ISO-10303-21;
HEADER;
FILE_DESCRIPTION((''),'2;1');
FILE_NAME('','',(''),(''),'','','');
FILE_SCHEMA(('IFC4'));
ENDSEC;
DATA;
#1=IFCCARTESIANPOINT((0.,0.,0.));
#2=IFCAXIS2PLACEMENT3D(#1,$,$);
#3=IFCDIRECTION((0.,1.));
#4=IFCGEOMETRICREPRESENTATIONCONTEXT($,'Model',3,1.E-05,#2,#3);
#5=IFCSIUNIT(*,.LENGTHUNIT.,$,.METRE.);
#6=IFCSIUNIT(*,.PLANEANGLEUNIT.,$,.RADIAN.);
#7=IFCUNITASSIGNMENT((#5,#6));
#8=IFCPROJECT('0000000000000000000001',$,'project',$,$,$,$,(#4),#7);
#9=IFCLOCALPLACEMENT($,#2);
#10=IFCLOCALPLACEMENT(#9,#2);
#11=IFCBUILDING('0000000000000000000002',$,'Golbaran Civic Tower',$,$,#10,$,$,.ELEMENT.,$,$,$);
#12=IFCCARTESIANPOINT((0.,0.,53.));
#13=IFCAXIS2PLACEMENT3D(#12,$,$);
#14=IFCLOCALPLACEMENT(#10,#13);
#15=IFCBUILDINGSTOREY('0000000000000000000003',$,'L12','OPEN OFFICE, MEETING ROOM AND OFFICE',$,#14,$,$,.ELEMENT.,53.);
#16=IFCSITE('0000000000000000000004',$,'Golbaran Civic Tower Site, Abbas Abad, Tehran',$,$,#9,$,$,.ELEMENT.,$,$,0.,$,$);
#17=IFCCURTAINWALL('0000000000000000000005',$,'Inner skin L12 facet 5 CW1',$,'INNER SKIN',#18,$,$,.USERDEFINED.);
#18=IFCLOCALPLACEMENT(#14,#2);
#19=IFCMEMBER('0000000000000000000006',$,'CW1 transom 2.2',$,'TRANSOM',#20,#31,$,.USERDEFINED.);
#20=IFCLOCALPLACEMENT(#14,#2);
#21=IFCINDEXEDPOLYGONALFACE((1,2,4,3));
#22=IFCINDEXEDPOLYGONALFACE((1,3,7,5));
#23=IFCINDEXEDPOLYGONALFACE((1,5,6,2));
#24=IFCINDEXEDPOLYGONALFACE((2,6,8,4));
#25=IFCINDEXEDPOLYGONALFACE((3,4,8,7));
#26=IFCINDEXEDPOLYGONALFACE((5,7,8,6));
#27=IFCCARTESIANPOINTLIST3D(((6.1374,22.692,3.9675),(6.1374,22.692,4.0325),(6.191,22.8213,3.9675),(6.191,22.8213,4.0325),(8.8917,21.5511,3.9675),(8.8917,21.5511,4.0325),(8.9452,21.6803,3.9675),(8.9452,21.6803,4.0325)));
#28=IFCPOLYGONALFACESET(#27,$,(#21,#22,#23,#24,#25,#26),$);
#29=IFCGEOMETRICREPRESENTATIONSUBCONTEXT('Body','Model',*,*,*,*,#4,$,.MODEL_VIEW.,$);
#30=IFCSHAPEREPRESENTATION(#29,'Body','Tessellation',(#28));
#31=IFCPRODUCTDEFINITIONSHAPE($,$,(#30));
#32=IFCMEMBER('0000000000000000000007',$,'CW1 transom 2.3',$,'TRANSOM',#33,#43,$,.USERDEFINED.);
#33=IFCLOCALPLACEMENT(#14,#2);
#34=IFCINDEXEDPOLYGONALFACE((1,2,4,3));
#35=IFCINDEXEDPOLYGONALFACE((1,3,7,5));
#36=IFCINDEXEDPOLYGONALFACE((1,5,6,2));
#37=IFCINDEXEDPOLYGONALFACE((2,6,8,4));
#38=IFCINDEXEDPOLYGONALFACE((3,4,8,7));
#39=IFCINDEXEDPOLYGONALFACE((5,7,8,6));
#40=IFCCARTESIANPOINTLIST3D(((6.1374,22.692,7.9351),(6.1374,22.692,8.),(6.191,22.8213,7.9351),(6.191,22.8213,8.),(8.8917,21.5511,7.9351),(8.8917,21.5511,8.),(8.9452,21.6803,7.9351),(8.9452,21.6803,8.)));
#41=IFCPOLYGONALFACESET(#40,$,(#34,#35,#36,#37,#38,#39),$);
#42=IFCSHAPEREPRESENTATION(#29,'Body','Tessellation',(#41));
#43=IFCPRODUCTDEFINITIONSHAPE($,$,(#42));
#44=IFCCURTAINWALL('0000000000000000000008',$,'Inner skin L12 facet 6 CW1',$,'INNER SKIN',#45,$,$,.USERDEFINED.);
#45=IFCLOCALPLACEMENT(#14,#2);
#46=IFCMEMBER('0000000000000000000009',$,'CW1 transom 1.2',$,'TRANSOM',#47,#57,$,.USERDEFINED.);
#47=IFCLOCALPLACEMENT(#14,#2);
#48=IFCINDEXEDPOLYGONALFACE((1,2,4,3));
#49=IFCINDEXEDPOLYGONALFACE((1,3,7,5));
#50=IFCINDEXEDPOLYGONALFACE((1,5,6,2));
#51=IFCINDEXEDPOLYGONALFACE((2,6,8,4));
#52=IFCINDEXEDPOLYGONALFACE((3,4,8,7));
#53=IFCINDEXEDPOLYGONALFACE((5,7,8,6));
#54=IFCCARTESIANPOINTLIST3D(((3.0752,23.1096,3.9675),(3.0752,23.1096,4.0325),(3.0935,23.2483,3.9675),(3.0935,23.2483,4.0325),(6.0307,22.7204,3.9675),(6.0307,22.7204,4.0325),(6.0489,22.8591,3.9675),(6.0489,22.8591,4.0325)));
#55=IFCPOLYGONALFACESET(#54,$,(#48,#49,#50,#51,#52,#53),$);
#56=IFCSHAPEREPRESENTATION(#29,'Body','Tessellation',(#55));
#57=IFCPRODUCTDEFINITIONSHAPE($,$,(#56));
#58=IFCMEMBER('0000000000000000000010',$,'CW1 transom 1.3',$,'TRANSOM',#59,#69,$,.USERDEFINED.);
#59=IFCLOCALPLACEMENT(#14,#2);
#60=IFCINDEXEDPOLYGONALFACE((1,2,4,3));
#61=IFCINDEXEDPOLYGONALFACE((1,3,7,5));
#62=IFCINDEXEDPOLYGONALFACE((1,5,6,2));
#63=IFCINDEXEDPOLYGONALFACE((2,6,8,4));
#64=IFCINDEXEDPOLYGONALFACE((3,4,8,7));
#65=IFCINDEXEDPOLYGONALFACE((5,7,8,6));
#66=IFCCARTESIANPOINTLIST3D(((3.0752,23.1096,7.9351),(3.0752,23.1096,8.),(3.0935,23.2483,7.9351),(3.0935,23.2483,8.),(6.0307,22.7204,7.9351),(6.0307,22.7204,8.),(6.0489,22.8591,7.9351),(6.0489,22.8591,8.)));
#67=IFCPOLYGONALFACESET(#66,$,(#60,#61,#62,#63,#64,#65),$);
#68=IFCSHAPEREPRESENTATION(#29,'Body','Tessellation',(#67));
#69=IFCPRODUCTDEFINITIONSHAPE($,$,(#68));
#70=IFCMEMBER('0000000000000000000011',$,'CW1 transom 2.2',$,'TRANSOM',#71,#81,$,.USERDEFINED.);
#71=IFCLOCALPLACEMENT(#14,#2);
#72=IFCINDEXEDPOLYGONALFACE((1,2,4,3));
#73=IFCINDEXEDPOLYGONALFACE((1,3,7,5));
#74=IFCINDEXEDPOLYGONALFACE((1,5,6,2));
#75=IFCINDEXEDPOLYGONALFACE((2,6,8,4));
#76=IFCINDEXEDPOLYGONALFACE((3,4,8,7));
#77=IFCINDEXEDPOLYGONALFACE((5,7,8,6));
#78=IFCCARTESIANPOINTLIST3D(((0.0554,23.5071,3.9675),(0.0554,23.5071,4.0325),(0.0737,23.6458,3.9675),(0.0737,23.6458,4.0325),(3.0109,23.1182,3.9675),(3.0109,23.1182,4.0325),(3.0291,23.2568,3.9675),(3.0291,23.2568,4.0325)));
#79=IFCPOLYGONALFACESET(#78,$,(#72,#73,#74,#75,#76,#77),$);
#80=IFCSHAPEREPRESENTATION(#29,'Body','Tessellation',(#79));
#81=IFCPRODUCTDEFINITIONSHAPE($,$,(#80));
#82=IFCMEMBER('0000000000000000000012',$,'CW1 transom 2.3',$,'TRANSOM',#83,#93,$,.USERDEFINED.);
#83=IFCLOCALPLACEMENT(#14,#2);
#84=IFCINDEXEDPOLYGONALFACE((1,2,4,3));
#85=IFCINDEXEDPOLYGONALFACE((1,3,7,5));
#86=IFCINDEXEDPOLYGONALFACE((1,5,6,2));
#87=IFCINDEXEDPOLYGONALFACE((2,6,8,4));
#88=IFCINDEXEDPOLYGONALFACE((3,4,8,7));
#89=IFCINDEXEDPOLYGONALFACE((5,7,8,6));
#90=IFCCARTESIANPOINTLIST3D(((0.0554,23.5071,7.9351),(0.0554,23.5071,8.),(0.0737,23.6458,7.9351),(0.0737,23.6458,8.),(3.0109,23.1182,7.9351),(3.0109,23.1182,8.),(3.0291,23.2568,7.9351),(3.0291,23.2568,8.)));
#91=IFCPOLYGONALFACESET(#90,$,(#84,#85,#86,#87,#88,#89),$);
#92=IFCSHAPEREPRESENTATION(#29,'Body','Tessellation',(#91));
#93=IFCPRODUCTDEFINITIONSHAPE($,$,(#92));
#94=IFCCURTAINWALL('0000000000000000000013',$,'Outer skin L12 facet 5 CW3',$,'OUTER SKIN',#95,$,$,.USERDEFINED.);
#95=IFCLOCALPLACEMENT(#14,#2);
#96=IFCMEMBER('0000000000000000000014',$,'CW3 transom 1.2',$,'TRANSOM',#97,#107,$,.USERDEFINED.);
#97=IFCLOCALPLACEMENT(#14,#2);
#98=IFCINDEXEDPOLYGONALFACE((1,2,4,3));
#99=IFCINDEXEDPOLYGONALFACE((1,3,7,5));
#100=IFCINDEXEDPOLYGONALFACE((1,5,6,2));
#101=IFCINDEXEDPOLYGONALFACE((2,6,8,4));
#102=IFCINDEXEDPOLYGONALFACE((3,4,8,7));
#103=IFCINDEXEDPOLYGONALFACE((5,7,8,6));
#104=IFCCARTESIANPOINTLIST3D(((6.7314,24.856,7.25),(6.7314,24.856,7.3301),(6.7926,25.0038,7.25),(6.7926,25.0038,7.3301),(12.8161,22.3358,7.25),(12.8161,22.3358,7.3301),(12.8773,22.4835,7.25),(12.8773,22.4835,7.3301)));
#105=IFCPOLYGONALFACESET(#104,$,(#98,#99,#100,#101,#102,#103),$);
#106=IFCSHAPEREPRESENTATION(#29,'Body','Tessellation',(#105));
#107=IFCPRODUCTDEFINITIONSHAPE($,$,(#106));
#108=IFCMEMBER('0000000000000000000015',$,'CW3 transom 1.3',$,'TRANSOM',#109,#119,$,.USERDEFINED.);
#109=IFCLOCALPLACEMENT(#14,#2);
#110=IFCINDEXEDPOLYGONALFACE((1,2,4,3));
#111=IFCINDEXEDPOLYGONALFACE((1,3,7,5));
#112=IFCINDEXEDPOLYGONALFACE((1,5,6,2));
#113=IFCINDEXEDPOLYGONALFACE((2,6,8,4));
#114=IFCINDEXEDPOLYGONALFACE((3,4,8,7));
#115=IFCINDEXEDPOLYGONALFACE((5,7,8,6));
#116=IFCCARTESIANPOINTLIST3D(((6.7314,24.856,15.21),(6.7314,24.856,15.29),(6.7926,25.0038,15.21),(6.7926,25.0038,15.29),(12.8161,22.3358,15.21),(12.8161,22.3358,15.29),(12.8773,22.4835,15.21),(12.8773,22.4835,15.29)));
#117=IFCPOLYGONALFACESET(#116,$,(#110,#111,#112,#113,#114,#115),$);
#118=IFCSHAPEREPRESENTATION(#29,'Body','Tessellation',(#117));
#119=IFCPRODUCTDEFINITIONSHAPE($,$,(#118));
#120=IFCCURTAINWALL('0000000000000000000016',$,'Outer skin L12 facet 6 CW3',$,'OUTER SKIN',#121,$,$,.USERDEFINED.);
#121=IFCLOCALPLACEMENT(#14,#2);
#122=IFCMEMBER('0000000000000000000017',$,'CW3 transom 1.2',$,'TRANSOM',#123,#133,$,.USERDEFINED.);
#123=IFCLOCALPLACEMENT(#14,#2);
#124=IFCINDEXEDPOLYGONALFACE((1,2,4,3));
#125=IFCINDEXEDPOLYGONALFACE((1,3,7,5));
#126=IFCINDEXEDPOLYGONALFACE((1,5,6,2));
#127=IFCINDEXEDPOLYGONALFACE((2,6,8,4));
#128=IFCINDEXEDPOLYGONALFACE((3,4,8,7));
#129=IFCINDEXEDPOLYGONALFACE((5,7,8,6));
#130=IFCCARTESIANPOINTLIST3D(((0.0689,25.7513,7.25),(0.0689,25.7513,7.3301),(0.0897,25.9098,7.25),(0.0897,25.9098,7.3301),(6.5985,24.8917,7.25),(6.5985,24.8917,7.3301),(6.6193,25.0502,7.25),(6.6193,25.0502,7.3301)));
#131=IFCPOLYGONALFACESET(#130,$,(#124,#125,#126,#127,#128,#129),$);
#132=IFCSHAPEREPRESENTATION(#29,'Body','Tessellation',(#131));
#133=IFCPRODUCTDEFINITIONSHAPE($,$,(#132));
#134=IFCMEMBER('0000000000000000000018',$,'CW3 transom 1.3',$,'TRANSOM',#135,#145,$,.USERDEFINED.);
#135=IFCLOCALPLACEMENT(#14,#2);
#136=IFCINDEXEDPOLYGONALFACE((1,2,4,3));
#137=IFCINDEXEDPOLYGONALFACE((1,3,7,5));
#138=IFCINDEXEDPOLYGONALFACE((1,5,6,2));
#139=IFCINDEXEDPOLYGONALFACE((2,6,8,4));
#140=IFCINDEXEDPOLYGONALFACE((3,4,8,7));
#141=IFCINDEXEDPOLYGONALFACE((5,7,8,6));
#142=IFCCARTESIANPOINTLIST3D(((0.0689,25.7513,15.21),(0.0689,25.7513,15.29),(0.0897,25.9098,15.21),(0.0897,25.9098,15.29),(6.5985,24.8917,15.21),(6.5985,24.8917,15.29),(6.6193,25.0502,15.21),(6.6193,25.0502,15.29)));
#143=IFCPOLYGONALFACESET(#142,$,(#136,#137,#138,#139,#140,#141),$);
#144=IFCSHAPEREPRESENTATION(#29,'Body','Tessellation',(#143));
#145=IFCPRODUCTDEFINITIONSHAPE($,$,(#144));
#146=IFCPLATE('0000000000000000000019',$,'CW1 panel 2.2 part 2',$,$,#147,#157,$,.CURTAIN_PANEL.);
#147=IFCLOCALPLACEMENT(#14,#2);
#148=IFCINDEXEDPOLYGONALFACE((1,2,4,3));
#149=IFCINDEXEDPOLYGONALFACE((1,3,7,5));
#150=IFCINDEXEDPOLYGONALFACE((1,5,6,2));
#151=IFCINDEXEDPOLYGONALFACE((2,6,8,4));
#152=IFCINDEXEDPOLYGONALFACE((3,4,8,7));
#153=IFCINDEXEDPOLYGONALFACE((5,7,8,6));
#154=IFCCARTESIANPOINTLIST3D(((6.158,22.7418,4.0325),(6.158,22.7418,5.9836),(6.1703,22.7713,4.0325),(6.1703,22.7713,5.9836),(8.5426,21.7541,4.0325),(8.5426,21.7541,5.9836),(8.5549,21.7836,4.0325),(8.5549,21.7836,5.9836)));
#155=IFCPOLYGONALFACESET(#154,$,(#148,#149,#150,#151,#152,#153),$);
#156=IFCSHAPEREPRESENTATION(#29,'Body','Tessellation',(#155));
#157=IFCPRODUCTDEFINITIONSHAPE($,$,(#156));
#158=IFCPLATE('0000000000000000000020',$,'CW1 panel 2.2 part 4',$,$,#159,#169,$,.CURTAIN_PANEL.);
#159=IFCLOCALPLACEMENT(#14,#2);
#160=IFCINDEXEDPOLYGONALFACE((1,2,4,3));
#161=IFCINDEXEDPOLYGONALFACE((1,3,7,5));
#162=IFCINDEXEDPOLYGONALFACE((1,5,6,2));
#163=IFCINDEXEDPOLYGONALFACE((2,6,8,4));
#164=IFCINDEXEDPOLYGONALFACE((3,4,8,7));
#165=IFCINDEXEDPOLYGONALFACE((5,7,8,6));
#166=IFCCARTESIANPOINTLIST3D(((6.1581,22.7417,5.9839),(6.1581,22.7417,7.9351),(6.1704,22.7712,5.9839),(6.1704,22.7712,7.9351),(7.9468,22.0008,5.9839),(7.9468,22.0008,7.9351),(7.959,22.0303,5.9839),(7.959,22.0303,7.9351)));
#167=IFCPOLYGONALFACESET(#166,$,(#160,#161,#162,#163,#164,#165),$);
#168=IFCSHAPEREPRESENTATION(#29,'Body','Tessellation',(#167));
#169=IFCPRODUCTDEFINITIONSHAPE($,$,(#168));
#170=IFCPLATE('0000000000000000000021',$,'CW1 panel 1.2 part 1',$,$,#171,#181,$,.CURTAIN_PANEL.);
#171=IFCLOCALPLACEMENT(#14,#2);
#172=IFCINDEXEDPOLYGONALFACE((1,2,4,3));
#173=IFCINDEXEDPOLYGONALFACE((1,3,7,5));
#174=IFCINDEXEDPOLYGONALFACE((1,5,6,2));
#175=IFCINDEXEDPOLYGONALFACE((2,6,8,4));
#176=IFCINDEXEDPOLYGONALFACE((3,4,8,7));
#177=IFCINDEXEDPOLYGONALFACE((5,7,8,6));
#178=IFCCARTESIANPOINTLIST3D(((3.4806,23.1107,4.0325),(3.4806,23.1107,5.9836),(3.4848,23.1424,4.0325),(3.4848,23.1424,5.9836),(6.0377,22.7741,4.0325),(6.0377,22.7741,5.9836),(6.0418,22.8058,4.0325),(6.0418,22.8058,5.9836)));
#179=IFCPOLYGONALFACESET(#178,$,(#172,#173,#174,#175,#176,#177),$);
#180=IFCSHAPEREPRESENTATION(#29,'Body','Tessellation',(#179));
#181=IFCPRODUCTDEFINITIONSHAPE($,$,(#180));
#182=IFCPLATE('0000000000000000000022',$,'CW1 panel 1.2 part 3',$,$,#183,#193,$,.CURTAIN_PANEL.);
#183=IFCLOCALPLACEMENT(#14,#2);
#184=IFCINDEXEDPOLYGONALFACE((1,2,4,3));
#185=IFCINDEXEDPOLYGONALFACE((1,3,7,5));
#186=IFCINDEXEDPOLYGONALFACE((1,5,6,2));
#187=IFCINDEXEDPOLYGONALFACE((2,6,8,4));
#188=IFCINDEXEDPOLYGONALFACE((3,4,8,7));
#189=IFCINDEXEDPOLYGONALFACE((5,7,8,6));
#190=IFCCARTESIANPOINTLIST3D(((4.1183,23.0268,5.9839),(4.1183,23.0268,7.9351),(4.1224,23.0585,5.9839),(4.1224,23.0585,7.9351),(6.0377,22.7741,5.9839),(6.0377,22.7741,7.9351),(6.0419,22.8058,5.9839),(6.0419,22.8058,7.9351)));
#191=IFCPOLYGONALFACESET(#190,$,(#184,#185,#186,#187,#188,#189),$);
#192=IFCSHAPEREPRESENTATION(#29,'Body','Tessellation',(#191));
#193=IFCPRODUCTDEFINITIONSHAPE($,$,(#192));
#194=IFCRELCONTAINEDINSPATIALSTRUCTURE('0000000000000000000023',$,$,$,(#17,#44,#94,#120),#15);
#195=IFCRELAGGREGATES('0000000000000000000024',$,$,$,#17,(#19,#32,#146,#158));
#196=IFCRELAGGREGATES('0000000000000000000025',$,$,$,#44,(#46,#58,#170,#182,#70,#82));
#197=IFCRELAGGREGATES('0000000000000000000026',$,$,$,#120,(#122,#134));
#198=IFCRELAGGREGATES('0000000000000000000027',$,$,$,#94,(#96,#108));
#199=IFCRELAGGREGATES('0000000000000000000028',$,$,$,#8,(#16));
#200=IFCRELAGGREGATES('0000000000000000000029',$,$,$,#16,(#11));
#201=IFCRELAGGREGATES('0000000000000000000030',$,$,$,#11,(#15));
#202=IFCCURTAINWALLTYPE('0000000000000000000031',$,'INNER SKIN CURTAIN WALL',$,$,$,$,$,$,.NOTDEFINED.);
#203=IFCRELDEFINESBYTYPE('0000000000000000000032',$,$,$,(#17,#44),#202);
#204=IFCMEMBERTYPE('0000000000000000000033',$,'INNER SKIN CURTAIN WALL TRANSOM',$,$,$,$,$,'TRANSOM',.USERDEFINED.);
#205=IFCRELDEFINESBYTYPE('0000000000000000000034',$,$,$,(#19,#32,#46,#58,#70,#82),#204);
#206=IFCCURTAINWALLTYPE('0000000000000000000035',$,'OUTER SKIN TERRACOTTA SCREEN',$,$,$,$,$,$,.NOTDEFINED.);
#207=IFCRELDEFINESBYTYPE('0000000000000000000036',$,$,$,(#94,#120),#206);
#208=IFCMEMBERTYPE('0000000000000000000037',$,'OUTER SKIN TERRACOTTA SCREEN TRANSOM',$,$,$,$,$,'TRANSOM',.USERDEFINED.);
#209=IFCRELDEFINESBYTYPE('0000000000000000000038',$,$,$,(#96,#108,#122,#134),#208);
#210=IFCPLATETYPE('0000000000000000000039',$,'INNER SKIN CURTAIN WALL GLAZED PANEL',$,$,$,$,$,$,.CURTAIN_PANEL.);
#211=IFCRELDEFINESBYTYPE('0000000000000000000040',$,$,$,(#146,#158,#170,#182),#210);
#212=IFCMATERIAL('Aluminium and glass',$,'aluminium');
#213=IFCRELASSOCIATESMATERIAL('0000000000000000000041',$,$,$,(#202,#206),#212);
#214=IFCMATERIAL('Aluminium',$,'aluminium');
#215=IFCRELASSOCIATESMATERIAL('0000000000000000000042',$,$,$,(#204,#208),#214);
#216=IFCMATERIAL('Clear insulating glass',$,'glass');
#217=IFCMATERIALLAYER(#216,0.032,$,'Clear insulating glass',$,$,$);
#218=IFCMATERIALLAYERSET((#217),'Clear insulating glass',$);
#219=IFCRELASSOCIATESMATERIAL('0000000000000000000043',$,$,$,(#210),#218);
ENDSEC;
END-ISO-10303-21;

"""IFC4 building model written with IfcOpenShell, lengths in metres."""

from ifc_helpers import new_model, si_unit, direction, frame, origin, origin_2d, place, context, subcontext, project, spatial, rectangle, extrude, material, layer, layer_set, material_profile, profile_set, type_object, element, aggregate, save


model = new_model("IFC4")

# Units and contexts
model_context = context("Model", 3, precision=1e-05, world=origin(), true_north=direction((0.0, 1.0)))
body_context = subcontext(model_context, "Body", "Model", "MODEL_VIEW")
ifc_project = project(units=[si_unit("LENGTHUNIT", "METRE"), si_unit("PLANEANGLEUNIT", "RADIAN")], contexts=[model_context])

# Site, building, storey
site_placement = place(None, origin())
site = spatial("IfcSite", under=ifc_project, at=site_placement, Name="Golbaran Civic Tower Site, Abbas Abad, Tehran", CompositionType="ELEMENT", RefElevation=0.0)
building_placement = place(site_placement, origin())
building = spatial("IfcBuilding", under=site, at=building_placement, Name="Golbaran Civic Tower", CompositionType="ELEMENT")
storey_placement = place(building_placement, frame((0.0, 0.0, 53.0)))
storey = spatial("IfcBuildingStorey", under=building, at=storey_placement, Name="L12", Description="OPEN OFFICE, MEETING ROOM AND OFFICE", CompositionType="ELEMENT", Elevation=53.0)

# Curtain walls, members
ifc_material_1 = material(Name="Aluminium and glass", Category="aluminium")
curtain_wall_type_1 = type_object("IfcCurtainWallType", Name="INNER SKIN CURTAIN WALL", PredefinedType="NOTDEFINED", material=ifc_material_1)
curtain_wall_1_placement = place(storey_placement, origin())
curtain_wall_1 = element("IfcCurtainWall", 1, at=curtain_wall_1_placement, inside=storey, type_object=curtain_wall_type_1, Name="Inner skin L12 facet 5 CW1", ObjectType="INNER SKIN", PredefinedType="USERDEFINED")
ifc_material_2 = material(Name="Aluminium", Category="aluminium")
ifc_material_profile_1 = material_profile(ifc_material_2, rectangle(XDim=0.1399, YDim=0.0649, at=origin_2d()), Name="INNER SKIN CURTAIN WALL TRANSOM")
ifc_profile_set_1 = profile_set([ifc_material_profile_1], Name="Aluminium")
member_type_1 = type_object("IfcMemberType", Name="INNER SKIN CURTAIN WALL TRANSOM", ElementType="TRANSOM", PredefinedType="USERDEFINED", material=ifc_profile_set_1)
member_1_placement = place(storey_placement, frame((8.9185, 21.6157, 4.0), z_axis=(-0.923872, 0.382701, 0.0), x_axis=(-0.382701, -0.923872, 0.0)))
member_1 = element("IfcMember", 2, at=member_1_placement, type_object=member_type_1, Name="CW1 transom 2.2", ObjectType="TRANSOM", PredefinedType="USERDEFINED", context=body_context, shape_type="SweptSolid", body=[
    extrude(rectangle(XDim=0.1399, YDim=0.0649, at=origin_2d()), origin(), (0.0, 0.0, 1.0), 2.9812),
])
member_2_placement = place(storey_placement, frame((8.9185, 21.6157, 7.9675), z_axis=(-0.923872, 0.382701, 0.0), x_axis=(-0.382701, -0.923872, 0.0)))
member_2 = element("IfcMember", 3, at=member_2_placement, type_object=member_type_1, Name="CW1 transom 2.3", ObjectType="TRANSOM", PredefinedType="USERDEFINED", context=body_context, shape_type="SweptSolid", body=[
    extrude(rectangle(XDim=0.1399, YDim=0.0649, at=origin_2d()), origin(), (0.0, 0.0, 1.0), 2.9812),
])
curtain_wall_2_placement = place(storey_placement, origin())
curtain_wall_2 = element("IfcCurtainWall", 4, at=curtain_wall_2_placement, inside=storey, type_object=curtain_wall_type_1, Name="Inner skin L12 facet 6 CW1", ObjectType="INNER SKIN", PredefinedType="USERDEFINED")
member_3_placement = place(storey_placement, frame((6.0398, 22.7898, 4.0), z_axis=(-0.991443, 0.130543, 0.0), x_axis=(-0.130543, -0.991443, 0.0)))
member_3 = element("IfcMember", 5, at=member_3_placement, type_object=member_type_1, Name="CW1 transom 1.2", ObjectType="TRANSOM", PredefinedType="USERDEFINED", context=body_context, shape_type="SweptSolid", body=[
    extrude(rectangle(XDim=0.1399, YDim=0.0649, at=origin_2d()), origin(), (0.0, 0.0, 1.0), 2.981),
])
member_4_placement = place(storey_placement, frame((6.0398, 22.7898, 7.9675), z_axis=(-0.991443, 0.130543, 0.0), x_axis=(-0.130543, -0.991443, 0.0)))
member_4 = element("IfcMember", 6, at=member_4_placement, type_object=member_type_1, Name="CW1 transom 1.3", ObjectType="TRANSOM", PredefinedType="USERDEFINED", context=body_context, shape_type="SweptSolid", body=[
    extrude(rectangle(XDim=0.1399, YDim=0.0649, at=origin_2d()), origin(), (0.0, 0.0, 1.0), 2.981),
])
member_5_placement = place(storey_placement, frame((3.02, 23.1875, 4.0), z_axis=(-0.991453, 0.130463, 0.0), x_axis=(-0.130463, -0.991453, 0.0)))
member_5 = element("IfcMember", 7, at=member_5_placement, type_object=member_type_1, Name="CW1 transom 2.2", ObjectType="TRANSOM", PredefinedType="USERDEFINED", context=body_context, shape_type="SweptSolid", body=[
    extrude(rectangle(XDim=0.1399, YDim=0.0649, at=origin_2d()), origin(), (0.0, 0.0, 1.0), 2.981),
])
member_6_placement = place(storey_placement, frame((3.02, 23.1875, 7.9675), z_axis=(-0.991453, 0.130463, 0.0), x_axis=(-0.130463, -0.991453, 0.0)))
member_6 = element("IfcMember", 8, at=member_6_placement, type_object=member_type_1, Name="CW1 transom 2.3", ObjectType="TRANSOM", PredefinedType="USERDEFINED", context=body_context, shape_type="SweptSolid", body=[
    extrude(rectangle(XDim=0.1399, YDim=0.0649, at=origin_2d()), origin(), (0.0, 0.0, 1.0), 2.981),
])
curtain_wall_type_2 = type_object("IfcCurtainWallType", Name="OUTER SKIN TERRACOTTA SCREEN", PredefinedType="NOTDEFINED", material=ifc_material_1)
curtain_wall_3_placement = place(storey_placement, origin())
curtain_wall_3 = element("IfcCurtainWall", 9, at=curtain_wall_3_placement, inside=storey, type_object=curtain_wall_type_2, Name="Outer skin L12 facet 5 CW3", ObjectType="OUTER SKIN", PredefinedType="USERDEFINED")
ifc_material_profile_2 = material_profile(ifc_material_2, rectangle(XDim=0.1599, YDim=0.0801, at=origin_2d()), Name="OUTER SKIN TERRACOTTA SCREEN TRANSOM")
ifc_profile_set_2 = profile_set([ifc_material_profile_2], Name="Aluminium")
member_type_2 = type_object("IfcMemberType", Name="OUTER SKIN TERRACOTTA SCREEN TRANSOM", ElementType="TRANSOM", PredefinedType="USERDEFINED", material=ifc_profile_set_2)
member_7_placement = place(storey_placement, frame((12.8467, 22.4097, 7.29), z_axis=(-0.923885, 0.382669, 0.0), x_axis=(-0.382669, -0.923885, 0.0)))
member_7 = element("IfcMember", 10, at=member_7_placement, type_object=member_type_2, Name="CW3 transom 1.2", ObjectType="TRANSOM", PredefinedType="USERDEFINED", context=body_context, shape_type="SweptSolid", body=[
    extrude(rectangle(XDim=0.1599, YDim=0.0801, at=origin_2d()), origin(), (0.0, 0.0, 1.0), 6.5859),
])
member_8_placement = place(storey_placement, frame((12.8467, 22.4097, 15.25), z_axis=(-0.923885, 0.382669, 0.0), x_axis=(-0.382669, -0.923885, 0.0)))
member_8 = element("IfcMember", 11, at=member_8_placement, type_object=member_type_2, Name="CW3 transom 1.3", ObjectType="TRANSOM", PredefinedType="USERDEFINED", context=body_context, shape_type="SweptSolid", body=[
    extrude(rectangle(XDim=0.1599, YDim=0.0801, at=origin_2d()), origin(), (0.0, 0.0, 1.0), 6.5859),
])
curtain_wall_4_placement = place(storey_placement, origin())
curtain_wall_4 = element("IfcCurtainWall", 12, at=curtain_wall_4_placement, inside=storey, type_object=curtain_wall_type_2, Name="Outer skin L12 facet 6 CW3", ObjectType="OUTER SKIN", PredefinedType="USERDEFINED")
member_9_placement = place(storey_placement, frame((6.6089, 24.9709, 7.29), z_axis=(-0.991445, 0.130525, 0.0), x_axis=(-0.130525, -0.991445, 0.0)))
member_9 = element("IfcMember", 13, at=member_9_placement, type_object=member_type_2, Name="CW3 transom 1.2", ObjectType="TRANSOM", PredefinedType="USERDEFINED", context=body_context, shape_type="SweptSolid", body=[
    extrude(rectangle(XDim=0.1599, YDim=0.0801, at=origin_2d()), origin(), (0.0, 0.0, 1.0), 6.5859),
])
member_10_placement = place(storey_placement, frame((6.6089, 24.9709, 15.25), z_axis=(-0.991445, 0.130525, 0.0), x_axis=(-0.130525, -0.991445, 0.0)))
member_10 = element("IfcMember", 14, at=member_10_placement, type_object=member_type_2, Name="CW3 transom 1.3", ObjectType="TRANSOM", PredefinedType="USERDEFINED", context=body_context, shape_type="SweptSolid", body=[
    extrude(rectangle(XDim=0.1599, YDim=0.0801, at=origin_2d()), origin(), (0.0, 0.0, 1.0), 6.5859),
])

# Plates
ifc_material_3 = material(Name="Clear insulating glass", Category="glass")
ifc_layer_1 = layer(ifc_material_3, 0.032, Name="Clear insulating glass")
ifc_layer_set_1 = layer_set([ifc_layer_1], Name="Clear insulating glass")
plate_type_1 = type_object("IfcPlateType", Name="INNER SKIN CURTAIN WALL GLAZED PANEL", PredefinedType="CURTAIN_PANEL", material=ifc_layer_set_1)
plate_1_placement = place(storey_placement, frame((7.3564, 22.2627, 4.0325), z_axis=(0.0, 0.0, 1.0), x_axis=(-0.92388, 0.382683, 0.0)))
plate_1 = element("IfcPlate", 15, at=plate_1_placement, type_object=plate_type_1, Name="CW1 panel 2.2 part 2", PredefinedType="CURTAIN_PANEL", context=body_context, shape_type="SweptSolid", body=[
    extrude(rectangle(XDim=2.5811, YDim=0.032, at=origin_2d()), origin(), (0.0, 0.0, 1.0), 1.9512),
])
plate_2_placement = place(storey_placement, frame((7.0586, 22.386, 5.9839), z_axis=(0.0, 0.0, 1.0), x_axis=(-0.92388, 0.382683, 0.0)))
plate_2 = element("IfcPlate", 16, at=plate_2_placement, type_object=plate_type_1, Name="CW1 panel 2.2 part 4", PredefinedType="CURTAIN_PANEL", context=body_context, shape_type="SweptSolid", body=[
    extrude(rectangle(XDim=1.936, YDim=0.032, at=origin_2d()), origin(), (0.0, 0.0, 1.0), 1.9512),
])
plate_3_placement = place(storey_placement, frame((4.7612, 22.9583, 4.0325), z_axis=(0.0, 0.0, 1.0), x_axis=(-0.991445, 0.130526, 0.0)))
plate_3 = element("IfcPlate", 17, at=plate_3_placement, type_object=plate_type_1, Name="CW1 panel 1.2 part 1", PredefinedType="CURTAIN_PANEL", context=body_context, shape_type="SweptSolid", body=[
    extrude(rectangle(XDim=2.5791, YDim=0.032, at=origin_2d()), origin(), (0.0, 0.0, 1.0), 1.9512),
])
plate_4_placement = place(storey_placement, frame((5.0801, 22.9163, 5.9839), z_axis=(0.0, 0.0, 1.0), x_axis=(-0.991445, 0.130526, 0.0)))
plate_4 = element("IfcPlate", 18, at=plate_4_placement, type_object=plate_type_1, Name="CW1 panel 1.2 part 3", PredefinedType="CURTAIN_PANEL", context=body_context, shape_type="SweptSolid", body=[
    extrude(rectangle(XDim=1.936, YDim=0.032, at=origin_2d()), origin(), (0.0, 0.0, 1.0), 1.9512),
])
aggregate(curtain_wall_1, [member_1, member_2, plate_1, plate_2])
aggregate(curtain_wall_2, [member_3, member_4, plate_3, plate_4, member_5, member_6])

aggregate(curtain_wall_4, [member_9, member_10])
aggregate(curtain_wall_3, [member_7, member_8])

save(model, "model.ifc")
